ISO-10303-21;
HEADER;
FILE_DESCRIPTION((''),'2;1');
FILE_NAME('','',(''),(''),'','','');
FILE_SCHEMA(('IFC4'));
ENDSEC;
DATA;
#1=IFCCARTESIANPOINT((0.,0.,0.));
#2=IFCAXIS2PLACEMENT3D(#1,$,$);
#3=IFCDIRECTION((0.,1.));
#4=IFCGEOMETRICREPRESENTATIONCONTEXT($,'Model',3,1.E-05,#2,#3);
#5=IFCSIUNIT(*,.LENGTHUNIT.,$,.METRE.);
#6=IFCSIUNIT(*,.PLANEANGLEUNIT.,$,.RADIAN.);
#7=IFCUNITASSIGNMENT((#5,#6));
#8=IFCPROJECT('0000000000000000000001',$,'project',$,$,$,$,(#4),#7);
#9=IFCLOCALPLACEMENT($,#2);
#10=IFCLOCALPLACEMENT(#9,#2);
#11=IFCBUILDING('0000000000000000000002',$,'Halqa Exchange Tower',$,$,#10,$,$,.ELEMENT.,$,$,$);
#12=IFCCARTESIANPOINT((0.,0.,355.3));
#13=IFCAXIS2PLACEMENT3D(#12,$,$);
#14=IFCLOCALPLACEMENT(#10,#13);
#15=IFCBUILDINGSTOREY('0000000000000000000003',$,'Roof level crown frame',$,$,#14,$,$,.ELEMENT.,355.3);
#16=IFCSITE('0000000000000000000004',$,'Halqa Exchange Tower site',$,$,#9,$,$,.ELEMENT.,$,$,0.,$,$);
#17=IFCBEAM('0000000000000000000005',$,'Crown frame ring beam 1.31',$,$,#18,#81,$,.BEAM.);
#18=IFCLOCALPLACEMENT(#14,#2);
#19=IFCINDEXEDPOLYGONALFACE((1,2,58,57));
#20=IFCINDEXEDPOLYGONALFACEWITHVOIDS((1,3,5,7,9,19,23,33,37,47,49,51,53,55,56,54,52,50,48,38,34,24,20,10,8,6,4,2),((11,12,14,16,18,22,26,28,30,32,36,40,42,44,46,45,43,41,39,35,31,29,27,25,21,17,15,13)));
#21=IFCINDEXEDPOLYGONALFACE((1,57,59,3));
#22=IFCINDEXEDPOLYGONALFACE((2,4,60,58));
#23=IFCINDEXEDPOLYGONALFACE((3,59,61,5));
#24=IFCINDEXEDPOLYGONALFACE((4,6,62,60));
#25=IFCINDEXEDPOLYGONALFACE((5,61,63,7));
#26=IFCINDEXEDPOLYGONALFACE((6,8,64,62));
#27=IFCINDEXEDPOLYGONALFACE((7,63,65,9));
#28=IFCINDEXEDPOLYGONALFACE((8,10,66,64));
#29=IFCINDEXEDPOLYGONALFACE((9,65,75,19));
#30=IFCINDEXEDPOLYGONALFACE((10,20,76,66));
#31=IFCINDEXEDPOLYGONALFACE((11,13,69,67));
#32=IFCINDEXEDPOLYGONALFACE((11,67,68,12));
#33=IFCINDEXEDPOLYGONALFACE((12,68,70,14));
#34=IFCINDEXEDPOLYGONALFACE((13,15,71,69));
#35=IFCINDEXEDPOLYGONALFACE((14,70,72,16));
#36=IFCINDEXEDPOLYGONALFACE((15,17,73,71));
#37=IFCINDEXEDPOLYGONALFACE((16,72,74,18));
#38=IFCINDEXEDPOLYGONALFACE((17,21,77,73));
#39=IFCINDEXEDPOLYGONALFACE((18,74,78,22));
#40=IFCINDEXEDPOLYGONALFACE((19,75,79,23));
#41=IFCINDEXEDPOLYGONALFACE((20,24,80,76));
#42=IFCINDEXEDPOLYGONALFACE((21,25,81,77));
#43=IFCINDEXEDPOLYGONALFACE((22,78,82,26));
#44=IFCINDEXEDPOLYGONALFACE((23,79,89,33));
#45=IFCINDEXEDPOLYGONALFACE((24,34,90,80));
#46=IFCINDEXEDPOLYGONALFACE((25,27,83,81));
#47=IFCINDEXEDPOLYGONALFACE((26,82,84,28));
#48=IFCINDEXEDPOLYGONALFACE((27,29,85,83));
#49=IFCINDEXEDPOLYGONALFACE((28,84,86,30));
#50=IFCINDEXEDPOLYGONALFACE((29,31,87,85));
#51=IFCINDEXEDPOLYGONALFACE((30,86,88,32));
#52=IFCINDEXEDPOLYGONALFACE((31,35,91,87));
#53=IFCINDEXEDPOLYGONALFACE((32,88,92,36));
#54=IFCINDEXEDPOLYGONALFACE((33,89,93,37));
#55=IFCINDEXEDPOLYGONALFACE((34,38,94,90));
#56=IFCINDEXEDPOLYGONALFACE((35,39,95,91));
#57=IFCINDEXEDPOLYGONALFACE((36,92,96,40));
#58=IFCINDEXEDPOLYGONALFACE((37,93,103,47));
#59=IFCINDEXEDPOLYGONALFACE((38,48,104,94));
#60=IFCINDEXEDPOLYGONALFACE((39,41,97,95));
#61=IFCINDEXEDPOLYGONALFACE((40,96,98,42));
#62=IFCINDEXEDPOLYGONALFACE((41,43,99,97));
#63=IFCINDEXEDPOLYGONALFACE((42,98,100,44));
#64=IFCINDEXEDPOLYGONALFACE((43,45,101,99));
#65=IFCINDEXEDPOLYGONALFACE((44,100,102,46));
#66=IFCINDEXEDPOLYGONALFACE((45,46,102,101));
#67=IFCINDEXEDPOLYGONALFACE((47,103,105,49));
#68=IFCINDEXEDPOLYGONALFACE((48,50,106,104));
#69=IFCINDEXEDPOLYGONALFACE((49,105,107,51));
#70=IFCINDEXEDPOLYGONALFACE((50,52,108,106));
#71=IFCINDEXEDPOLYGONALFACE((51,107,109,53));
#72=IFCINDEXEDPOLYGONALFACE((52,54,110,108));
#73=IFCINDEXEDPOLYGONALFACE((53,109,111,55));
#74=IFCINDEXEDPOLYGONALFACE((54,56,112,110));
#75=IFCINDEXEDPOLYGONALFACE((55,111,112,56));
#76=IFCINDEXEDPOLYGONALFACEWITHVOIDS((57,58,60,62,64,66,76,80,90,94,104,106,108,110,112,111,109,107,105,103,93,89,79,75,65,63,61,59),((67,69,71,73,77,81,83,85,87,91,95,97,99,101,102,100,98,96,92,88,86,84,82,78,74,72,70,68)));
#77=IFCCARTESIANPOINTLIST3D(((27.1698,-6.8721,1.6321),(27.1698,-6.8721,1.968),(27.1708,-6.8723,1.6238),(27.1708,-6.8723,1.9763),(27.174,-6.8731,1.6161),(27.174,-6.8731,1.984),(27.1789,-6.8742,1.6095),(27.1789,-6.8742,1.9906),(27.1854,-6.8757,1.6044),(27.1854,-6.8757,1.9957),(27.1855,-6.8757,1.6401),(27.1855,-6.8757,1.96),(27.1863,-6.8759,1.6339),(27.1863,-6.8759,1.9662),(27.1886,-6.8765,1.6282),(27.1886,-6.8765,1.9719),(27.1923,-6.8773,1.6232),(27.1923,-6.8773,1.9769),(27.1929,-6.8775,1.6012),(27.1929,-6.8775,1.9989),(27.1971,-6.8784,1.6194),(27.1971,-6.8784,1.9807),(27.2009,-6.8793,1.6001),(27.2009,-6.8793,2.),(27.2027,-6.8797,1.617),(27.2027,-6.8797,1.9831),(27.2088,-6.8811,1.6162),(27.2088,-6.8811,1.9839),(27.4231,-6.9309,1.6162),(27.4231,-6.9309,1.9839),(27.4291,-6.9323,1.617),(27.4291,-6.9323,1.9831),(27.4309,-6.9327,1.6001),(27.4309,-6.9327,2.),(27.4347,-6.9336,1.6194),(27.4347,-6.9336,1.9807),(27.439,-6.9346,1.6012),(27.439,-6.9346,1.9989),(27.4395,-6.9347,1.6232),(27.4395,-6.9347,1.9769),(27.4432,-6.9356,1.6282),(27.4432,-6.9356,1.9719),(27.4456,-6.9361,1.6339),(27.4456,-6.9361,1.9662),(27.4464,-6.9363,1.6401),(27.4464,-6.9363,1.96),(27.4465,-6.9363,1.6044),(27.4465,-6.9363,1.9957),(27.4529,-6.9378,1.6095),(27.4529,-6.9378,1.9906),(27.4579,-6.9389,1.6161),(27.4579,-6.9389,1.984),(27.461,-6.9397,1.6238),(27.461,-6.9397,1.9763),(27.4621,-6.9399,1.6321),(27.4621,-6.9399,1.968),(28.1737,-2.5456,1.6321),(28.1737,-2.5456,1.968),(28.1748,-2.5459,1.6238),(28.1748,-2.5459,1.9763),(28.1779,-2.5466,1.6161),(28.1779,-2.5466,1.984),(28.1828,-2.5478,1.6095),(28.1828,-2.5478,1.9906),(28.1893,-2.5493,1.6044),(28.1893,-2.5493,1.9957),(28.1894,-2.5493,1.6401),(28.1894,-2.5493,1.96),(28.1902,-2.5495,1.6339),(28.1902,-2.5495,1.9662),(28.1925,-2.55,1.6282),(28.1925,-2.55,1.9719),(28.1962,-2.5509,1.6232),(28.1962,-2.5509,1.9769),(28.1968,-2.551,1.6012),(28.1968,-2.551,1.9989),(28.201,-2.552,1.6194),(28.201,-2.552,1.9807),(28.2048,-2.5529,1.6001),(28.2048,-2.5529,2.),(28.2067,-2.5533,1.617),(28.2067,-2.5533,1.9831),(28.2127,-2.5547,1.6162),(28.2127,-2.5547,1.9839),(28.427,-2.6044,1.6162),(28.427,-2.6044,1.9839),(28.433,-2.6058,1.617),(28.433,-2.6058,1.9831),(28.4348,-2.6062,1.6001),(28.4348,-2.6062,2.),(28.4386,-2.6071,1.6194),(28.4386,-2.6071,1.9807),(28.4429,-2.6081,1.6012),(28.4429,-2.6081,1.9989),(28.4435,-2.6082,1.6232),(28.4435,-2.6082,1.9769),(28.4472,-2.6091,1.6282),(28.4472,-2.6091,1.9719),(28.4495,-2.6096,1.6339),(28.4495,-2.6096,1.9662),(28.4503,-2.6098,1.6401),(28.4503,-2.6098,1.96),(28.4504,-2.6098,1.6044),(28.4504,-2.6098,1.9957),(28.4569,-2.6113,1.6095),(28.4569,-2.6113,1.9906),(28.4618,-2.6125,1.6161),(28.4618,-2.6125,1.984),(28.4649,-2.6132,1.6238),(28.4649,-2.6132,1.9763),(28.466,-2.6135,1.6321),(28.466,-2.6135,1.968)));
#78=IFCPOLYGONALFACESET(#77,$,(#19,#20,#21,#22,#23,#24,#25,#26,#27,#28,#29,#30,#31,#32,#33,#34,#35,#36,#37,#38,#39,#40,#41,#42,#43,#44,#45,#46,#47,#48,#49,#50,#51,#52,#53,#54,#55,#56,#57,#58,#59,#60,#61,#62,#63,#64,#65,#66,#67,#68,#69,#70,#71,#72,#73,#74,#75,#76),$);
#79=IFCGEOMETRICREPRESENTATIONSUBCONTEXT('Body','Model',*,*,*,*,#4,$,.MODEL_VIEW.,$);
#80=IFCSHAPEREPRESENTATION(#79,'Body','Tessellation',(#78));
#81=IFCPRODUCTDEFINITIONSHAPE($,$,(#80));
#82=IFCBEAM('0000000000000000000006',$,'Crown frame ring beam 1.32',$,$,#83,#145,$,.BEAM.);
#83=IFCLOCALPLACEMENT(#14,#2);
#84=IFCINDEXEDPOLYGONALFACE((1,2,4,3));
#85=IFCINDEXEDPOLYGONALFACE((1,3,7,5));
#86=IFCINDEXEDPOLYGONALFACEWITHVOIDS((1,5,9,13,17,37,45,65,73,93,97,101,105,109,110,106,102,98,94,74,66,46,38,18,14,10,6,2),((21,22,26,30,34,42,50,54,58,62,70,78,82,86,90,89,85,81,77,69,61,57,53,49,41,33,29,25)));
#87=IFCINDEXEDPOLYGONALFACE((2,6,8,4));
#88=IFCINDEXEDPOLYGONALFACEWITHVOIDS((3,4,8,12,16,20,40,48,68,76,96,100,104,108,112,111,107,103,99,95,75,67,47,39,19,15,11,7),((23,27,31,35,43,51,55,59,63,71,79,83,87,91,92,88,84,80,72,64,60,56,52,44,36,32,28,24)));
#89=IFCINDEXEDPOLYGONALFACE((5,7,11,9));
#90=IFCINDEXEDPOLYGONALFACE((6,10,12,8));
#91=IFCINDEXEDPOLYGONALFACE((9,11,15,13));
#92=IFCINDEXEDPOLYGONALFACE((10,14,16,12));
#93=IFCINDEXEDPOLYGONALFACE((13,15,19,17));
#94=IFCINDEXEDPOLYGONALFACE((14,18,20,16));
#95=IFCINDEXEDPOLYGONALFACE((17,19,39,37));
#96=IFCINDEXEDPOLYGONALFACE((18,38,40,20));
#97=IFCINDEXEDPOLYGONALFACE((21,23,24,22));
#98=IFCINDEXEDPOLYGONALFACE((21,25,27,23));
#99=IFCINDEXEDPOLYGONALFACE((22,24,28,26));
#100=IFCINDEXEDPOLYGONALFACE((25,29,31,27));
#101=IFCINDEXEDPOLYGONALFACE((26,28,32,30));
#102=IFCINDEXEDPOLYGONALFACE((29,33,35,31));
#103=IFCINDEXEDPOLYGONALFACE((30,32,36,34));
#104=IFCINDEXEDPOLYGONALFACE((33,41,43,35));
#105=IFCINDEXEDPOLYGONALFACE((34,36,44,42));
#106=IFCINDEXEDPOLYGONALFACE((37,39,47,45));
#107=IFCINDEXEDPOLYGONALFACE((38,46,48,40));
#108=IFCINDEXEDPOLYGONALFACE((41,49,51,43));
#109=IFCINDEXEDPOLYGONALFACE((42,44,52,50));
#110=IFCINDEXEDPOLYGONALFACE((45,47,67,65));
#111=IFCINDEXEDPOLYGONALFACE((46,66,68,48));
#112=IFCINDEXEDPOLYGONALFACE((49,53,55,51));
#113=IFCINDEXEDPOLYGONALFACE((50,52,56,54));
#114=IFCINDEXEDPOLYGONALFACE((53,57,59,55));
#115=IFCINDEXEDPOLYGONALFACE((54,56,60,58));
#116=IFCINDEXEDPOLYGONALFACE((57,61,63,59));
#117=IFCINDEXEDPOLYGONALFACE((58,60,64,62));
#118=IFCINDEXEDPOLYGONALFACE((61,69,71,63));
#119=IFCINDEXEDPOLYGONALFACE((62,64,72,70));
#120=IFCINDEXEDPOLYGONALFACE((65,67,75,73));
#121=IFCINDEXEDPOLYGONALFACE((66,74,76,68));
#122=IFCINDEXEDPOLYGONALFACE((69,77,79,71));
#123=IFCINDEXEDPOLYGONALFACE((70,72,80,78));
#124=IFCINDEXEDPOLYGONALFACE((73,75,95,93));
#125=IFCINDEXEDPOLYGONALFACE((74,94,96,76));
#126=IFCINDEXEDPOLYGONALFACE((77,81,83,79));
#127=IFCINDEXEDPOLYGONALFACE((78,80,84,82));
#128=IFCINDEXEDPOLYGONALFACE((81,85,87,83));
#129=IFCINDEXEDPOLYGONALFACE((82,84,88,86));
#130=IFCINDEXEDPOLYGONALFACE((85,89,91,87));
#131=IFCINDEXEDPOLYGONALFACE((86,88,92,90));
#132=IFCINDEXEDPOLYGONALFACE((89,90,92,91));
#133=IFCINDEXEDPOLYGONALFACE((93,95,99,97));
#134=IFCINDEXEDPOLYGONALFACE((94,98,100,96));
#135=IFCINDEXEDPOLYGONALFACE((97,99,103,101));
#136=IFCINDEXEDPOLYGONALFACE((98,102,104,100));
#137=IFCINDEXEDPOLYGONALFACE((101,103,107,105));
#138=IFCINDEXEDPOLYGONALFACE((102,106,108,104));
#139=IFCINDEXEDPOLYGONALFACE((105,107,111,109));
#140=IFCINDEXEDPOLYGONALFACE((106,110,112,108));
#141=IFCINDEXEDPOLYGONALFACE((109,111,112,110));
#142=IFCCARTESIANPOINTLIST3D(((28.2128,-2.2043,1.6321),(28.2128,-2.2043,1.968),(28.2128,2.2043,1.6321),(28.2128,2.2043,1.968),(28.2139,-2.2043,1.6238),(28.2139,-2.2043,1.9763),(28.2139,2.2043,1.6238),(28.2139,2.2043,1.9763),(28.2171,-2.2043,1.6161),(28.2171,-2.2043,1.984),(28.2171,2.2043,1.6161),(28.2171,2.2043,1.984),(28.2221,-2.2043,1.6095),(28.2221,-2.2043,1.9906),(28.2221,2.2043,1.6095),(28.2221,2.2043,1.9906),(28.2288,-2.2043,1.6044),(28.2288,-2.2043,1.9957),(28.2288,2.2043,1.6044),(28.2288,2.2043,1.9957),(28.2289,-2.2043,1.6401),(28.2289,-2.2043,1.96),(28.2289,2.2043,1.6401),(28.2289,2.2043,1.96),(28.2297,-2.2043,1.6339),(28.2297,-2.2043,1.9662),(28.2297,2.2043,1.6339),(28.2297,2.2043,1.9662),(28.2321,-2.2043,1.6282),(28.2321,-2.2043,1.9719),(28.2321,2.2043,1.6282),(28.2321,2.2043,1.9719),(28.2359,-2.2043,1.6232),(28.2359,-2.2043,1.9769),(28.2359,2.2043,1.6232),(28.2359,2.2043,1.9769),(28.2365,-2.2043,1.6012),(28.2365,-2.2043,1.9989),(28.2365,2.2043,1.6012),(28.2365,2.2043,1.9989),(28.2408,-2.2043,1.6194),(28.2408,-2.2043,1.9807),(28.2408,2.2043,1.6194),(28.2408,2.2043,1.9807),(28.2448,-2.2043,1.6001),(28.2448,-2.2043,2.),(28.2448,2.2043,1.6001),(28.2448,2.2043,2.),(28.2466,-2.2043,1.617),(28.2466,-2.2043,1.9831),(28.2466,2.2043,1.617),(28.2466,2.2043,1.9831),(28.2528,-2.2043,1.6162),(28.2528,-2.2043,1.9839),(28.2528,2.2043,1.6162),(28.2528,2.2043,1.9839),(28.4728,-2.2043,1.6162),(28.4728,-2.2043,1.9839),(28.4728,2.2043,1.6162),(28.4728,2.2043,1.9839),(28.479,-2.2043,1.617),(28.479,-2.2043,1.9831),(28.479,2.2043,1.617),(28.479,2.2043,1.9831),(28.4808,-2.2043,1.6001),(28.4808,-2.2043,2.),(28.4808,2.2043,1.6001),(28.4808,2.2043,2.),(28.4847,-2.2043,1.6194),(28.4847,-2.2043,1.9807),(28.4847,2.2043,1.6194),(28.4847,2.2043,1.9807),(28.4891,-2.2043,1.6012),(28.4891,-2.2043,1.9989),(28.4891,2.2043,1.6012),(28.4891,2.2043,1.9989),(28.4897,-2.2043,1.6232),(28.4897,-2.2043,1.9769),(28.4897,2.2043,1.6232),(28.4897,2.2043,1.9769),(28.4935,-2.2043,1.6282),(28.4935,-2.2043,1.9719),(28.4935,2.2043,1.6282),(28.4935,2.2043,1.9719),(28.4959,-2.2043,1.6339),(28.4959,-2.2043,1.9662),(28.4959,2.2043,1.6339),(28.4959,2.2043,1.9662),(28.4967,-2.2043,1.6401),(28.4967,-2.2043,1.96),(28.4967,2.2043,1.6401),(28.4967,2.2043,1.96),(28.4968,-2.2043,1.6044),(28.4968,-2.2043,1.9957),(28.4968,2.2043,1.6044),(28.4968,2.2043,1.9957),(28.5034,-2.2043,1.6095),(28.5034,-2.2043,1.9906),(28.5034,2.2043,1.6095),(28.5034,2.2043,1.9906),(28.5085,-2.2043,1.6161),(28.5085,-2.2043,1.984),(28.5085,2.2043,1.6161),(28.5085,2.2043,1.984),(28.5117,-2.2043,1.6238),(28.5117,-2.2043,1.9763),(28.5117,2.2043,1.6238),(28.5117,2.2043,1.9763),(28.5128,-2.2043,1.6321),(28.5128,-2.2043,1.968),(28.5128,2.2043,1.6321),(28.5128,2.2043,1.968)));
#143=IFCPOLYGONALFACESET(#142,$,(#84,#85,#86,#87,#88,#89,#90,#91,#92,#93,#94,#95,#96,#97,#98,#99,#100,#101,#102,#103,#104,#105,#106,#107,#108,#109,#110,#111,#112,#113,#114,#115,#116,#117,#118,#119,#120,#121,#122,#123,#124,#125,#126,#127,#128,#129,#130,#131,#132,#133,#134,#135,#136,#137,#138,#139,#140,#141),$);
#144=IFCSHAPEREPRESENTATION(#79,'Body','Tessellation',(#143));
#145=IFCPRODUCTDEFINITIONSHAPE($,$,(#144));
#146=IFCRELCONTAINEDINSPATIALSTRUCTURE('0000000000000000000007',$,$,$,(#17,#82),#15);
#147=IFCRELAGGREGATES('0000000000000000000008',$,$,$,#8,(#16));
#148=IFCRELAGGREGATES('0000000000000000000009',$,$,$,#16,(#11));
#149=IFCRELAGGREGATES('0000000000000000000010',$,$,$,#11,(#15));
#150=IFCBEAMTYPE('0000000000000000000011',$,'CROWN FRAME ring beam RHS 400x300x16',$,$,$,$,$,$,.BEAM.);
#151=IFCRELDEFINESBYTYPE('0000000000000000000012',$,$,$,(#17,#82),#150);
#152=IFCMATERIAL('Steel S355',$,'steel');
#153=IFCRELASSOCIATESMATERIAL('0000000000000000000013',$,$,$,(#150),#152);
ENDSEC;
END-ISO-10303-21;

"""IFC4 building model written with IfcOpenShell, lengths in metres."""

from ifc_helpers import new_model, si_unit, direction, frame, origin, origin_2d, place, context, subcontext, project, spatial, hollow_rectangle, extrude, material, material_profile, profile_set, type_object, element, save


model = new_model("IFC4")

# Units and contexts
model_context = context("Model", 3, precision=1e-05, world=origin(), true_north=direction((0.0, 1.0)))
body_context = subcontext(model_context, "Body", "Model", "MODEL_VIEW")
ifc_project = project(units=[si_unit("LENGTHUNIT", "METRE"), si_unit("PLANEANGLEUNIT", "RADIAN")], contexts=[model_context])

# Site, building, storey
site_placement = place(None, origin())
site = spatial("IfcSite", under=ifc_project, at=site_placement, Name="Halqa Exchange Tower site", CompositionType="ELEMENT", RefElevation=0.0)
building_placement = place(site_placement, origin())
building = spatial("IfcBuilding", under=site, at=building_placement, Name="Halqa Exchange Tower", CompositionType="ELEMENT")
storey_placement = place(building_placement, frame((0.0, 0.0, 355.3)))
storey = spatial("IfcBuildingStorey", under=building, at=storey_placement, Name="Roof level crown frame", CompositionType="ELEMENT", Elevation=355.3)

# Shared definitions
ifc_material_1 = material(Name="Steel S355", Category="steel")

# Beams
ifc_material_profile_1 = material_profile(ifc_material_1, hollow_rectangle(XDim=0.3, YDim=0.3999, WallThickness=0.0161, InnerFilletRadius=0.0239, OuterFilletRadius=0.032, at=origin_2d()), Name="RHS 400x300x16")
ifc_profile_set_1 = profile_set([ifc_material_profile_1], Name="Steel S355")
beam_type = type_object("IfcBeamType", Name="CROWN FRAME ring beam RHS 400x300x16", PredefinedType="BEAM", material=ifc_profile_set_1)
beam_1_placement = place(storey_placement, frame((27.3159, -6.906, 1.8), z_axis=(0.226036, 0.974119, 0.0), x_axis=(-0.974119, 0.226036, 0.0)))
element("IfcBeam", 1, at=beam_1_placement, inside=storey, type_object=beam_type, Name="Crown frame ring beam 1.31", PredefinedType="BEAM", context=body_context, shape_type="SweptSolid", body=[
    extrude(hollow_rectangle(XDim=0.3, YDim=0.3999, WallThickness=0.0161, InnerFilletRadius=0.0239, OuterFilletRadius=0.032, at=origin_2d()), origin(), (0.0, 0.0, 1.0), 4.4414),
])
beam_2_placement = place(storey_placement, frame((28.3628, -2.2043, 1.8), z_axis=(0.0, 1.0, 0.0), x_axis=(-1.0, 0.0, 0.0)))
element("IfcBeam", 2, at=beam_2_placement, inside=storey, type_object=beam_type, Name="Crown frame ring beam 1.32", PredefinedType="BEAM", context=body_context, shape_type="SweptSolid", body=[
    extrude(hollow_rectangle(XDim=0.3, YDim=0.3999, WallThickness=0.0161, InnerFilletRadius=0.0239, OuterFilletRadius=0.032, at=origin_2d()), origin(), (0.0, 0.0, 1.0), 4.4087),
])

save(model, "model.ifc")
